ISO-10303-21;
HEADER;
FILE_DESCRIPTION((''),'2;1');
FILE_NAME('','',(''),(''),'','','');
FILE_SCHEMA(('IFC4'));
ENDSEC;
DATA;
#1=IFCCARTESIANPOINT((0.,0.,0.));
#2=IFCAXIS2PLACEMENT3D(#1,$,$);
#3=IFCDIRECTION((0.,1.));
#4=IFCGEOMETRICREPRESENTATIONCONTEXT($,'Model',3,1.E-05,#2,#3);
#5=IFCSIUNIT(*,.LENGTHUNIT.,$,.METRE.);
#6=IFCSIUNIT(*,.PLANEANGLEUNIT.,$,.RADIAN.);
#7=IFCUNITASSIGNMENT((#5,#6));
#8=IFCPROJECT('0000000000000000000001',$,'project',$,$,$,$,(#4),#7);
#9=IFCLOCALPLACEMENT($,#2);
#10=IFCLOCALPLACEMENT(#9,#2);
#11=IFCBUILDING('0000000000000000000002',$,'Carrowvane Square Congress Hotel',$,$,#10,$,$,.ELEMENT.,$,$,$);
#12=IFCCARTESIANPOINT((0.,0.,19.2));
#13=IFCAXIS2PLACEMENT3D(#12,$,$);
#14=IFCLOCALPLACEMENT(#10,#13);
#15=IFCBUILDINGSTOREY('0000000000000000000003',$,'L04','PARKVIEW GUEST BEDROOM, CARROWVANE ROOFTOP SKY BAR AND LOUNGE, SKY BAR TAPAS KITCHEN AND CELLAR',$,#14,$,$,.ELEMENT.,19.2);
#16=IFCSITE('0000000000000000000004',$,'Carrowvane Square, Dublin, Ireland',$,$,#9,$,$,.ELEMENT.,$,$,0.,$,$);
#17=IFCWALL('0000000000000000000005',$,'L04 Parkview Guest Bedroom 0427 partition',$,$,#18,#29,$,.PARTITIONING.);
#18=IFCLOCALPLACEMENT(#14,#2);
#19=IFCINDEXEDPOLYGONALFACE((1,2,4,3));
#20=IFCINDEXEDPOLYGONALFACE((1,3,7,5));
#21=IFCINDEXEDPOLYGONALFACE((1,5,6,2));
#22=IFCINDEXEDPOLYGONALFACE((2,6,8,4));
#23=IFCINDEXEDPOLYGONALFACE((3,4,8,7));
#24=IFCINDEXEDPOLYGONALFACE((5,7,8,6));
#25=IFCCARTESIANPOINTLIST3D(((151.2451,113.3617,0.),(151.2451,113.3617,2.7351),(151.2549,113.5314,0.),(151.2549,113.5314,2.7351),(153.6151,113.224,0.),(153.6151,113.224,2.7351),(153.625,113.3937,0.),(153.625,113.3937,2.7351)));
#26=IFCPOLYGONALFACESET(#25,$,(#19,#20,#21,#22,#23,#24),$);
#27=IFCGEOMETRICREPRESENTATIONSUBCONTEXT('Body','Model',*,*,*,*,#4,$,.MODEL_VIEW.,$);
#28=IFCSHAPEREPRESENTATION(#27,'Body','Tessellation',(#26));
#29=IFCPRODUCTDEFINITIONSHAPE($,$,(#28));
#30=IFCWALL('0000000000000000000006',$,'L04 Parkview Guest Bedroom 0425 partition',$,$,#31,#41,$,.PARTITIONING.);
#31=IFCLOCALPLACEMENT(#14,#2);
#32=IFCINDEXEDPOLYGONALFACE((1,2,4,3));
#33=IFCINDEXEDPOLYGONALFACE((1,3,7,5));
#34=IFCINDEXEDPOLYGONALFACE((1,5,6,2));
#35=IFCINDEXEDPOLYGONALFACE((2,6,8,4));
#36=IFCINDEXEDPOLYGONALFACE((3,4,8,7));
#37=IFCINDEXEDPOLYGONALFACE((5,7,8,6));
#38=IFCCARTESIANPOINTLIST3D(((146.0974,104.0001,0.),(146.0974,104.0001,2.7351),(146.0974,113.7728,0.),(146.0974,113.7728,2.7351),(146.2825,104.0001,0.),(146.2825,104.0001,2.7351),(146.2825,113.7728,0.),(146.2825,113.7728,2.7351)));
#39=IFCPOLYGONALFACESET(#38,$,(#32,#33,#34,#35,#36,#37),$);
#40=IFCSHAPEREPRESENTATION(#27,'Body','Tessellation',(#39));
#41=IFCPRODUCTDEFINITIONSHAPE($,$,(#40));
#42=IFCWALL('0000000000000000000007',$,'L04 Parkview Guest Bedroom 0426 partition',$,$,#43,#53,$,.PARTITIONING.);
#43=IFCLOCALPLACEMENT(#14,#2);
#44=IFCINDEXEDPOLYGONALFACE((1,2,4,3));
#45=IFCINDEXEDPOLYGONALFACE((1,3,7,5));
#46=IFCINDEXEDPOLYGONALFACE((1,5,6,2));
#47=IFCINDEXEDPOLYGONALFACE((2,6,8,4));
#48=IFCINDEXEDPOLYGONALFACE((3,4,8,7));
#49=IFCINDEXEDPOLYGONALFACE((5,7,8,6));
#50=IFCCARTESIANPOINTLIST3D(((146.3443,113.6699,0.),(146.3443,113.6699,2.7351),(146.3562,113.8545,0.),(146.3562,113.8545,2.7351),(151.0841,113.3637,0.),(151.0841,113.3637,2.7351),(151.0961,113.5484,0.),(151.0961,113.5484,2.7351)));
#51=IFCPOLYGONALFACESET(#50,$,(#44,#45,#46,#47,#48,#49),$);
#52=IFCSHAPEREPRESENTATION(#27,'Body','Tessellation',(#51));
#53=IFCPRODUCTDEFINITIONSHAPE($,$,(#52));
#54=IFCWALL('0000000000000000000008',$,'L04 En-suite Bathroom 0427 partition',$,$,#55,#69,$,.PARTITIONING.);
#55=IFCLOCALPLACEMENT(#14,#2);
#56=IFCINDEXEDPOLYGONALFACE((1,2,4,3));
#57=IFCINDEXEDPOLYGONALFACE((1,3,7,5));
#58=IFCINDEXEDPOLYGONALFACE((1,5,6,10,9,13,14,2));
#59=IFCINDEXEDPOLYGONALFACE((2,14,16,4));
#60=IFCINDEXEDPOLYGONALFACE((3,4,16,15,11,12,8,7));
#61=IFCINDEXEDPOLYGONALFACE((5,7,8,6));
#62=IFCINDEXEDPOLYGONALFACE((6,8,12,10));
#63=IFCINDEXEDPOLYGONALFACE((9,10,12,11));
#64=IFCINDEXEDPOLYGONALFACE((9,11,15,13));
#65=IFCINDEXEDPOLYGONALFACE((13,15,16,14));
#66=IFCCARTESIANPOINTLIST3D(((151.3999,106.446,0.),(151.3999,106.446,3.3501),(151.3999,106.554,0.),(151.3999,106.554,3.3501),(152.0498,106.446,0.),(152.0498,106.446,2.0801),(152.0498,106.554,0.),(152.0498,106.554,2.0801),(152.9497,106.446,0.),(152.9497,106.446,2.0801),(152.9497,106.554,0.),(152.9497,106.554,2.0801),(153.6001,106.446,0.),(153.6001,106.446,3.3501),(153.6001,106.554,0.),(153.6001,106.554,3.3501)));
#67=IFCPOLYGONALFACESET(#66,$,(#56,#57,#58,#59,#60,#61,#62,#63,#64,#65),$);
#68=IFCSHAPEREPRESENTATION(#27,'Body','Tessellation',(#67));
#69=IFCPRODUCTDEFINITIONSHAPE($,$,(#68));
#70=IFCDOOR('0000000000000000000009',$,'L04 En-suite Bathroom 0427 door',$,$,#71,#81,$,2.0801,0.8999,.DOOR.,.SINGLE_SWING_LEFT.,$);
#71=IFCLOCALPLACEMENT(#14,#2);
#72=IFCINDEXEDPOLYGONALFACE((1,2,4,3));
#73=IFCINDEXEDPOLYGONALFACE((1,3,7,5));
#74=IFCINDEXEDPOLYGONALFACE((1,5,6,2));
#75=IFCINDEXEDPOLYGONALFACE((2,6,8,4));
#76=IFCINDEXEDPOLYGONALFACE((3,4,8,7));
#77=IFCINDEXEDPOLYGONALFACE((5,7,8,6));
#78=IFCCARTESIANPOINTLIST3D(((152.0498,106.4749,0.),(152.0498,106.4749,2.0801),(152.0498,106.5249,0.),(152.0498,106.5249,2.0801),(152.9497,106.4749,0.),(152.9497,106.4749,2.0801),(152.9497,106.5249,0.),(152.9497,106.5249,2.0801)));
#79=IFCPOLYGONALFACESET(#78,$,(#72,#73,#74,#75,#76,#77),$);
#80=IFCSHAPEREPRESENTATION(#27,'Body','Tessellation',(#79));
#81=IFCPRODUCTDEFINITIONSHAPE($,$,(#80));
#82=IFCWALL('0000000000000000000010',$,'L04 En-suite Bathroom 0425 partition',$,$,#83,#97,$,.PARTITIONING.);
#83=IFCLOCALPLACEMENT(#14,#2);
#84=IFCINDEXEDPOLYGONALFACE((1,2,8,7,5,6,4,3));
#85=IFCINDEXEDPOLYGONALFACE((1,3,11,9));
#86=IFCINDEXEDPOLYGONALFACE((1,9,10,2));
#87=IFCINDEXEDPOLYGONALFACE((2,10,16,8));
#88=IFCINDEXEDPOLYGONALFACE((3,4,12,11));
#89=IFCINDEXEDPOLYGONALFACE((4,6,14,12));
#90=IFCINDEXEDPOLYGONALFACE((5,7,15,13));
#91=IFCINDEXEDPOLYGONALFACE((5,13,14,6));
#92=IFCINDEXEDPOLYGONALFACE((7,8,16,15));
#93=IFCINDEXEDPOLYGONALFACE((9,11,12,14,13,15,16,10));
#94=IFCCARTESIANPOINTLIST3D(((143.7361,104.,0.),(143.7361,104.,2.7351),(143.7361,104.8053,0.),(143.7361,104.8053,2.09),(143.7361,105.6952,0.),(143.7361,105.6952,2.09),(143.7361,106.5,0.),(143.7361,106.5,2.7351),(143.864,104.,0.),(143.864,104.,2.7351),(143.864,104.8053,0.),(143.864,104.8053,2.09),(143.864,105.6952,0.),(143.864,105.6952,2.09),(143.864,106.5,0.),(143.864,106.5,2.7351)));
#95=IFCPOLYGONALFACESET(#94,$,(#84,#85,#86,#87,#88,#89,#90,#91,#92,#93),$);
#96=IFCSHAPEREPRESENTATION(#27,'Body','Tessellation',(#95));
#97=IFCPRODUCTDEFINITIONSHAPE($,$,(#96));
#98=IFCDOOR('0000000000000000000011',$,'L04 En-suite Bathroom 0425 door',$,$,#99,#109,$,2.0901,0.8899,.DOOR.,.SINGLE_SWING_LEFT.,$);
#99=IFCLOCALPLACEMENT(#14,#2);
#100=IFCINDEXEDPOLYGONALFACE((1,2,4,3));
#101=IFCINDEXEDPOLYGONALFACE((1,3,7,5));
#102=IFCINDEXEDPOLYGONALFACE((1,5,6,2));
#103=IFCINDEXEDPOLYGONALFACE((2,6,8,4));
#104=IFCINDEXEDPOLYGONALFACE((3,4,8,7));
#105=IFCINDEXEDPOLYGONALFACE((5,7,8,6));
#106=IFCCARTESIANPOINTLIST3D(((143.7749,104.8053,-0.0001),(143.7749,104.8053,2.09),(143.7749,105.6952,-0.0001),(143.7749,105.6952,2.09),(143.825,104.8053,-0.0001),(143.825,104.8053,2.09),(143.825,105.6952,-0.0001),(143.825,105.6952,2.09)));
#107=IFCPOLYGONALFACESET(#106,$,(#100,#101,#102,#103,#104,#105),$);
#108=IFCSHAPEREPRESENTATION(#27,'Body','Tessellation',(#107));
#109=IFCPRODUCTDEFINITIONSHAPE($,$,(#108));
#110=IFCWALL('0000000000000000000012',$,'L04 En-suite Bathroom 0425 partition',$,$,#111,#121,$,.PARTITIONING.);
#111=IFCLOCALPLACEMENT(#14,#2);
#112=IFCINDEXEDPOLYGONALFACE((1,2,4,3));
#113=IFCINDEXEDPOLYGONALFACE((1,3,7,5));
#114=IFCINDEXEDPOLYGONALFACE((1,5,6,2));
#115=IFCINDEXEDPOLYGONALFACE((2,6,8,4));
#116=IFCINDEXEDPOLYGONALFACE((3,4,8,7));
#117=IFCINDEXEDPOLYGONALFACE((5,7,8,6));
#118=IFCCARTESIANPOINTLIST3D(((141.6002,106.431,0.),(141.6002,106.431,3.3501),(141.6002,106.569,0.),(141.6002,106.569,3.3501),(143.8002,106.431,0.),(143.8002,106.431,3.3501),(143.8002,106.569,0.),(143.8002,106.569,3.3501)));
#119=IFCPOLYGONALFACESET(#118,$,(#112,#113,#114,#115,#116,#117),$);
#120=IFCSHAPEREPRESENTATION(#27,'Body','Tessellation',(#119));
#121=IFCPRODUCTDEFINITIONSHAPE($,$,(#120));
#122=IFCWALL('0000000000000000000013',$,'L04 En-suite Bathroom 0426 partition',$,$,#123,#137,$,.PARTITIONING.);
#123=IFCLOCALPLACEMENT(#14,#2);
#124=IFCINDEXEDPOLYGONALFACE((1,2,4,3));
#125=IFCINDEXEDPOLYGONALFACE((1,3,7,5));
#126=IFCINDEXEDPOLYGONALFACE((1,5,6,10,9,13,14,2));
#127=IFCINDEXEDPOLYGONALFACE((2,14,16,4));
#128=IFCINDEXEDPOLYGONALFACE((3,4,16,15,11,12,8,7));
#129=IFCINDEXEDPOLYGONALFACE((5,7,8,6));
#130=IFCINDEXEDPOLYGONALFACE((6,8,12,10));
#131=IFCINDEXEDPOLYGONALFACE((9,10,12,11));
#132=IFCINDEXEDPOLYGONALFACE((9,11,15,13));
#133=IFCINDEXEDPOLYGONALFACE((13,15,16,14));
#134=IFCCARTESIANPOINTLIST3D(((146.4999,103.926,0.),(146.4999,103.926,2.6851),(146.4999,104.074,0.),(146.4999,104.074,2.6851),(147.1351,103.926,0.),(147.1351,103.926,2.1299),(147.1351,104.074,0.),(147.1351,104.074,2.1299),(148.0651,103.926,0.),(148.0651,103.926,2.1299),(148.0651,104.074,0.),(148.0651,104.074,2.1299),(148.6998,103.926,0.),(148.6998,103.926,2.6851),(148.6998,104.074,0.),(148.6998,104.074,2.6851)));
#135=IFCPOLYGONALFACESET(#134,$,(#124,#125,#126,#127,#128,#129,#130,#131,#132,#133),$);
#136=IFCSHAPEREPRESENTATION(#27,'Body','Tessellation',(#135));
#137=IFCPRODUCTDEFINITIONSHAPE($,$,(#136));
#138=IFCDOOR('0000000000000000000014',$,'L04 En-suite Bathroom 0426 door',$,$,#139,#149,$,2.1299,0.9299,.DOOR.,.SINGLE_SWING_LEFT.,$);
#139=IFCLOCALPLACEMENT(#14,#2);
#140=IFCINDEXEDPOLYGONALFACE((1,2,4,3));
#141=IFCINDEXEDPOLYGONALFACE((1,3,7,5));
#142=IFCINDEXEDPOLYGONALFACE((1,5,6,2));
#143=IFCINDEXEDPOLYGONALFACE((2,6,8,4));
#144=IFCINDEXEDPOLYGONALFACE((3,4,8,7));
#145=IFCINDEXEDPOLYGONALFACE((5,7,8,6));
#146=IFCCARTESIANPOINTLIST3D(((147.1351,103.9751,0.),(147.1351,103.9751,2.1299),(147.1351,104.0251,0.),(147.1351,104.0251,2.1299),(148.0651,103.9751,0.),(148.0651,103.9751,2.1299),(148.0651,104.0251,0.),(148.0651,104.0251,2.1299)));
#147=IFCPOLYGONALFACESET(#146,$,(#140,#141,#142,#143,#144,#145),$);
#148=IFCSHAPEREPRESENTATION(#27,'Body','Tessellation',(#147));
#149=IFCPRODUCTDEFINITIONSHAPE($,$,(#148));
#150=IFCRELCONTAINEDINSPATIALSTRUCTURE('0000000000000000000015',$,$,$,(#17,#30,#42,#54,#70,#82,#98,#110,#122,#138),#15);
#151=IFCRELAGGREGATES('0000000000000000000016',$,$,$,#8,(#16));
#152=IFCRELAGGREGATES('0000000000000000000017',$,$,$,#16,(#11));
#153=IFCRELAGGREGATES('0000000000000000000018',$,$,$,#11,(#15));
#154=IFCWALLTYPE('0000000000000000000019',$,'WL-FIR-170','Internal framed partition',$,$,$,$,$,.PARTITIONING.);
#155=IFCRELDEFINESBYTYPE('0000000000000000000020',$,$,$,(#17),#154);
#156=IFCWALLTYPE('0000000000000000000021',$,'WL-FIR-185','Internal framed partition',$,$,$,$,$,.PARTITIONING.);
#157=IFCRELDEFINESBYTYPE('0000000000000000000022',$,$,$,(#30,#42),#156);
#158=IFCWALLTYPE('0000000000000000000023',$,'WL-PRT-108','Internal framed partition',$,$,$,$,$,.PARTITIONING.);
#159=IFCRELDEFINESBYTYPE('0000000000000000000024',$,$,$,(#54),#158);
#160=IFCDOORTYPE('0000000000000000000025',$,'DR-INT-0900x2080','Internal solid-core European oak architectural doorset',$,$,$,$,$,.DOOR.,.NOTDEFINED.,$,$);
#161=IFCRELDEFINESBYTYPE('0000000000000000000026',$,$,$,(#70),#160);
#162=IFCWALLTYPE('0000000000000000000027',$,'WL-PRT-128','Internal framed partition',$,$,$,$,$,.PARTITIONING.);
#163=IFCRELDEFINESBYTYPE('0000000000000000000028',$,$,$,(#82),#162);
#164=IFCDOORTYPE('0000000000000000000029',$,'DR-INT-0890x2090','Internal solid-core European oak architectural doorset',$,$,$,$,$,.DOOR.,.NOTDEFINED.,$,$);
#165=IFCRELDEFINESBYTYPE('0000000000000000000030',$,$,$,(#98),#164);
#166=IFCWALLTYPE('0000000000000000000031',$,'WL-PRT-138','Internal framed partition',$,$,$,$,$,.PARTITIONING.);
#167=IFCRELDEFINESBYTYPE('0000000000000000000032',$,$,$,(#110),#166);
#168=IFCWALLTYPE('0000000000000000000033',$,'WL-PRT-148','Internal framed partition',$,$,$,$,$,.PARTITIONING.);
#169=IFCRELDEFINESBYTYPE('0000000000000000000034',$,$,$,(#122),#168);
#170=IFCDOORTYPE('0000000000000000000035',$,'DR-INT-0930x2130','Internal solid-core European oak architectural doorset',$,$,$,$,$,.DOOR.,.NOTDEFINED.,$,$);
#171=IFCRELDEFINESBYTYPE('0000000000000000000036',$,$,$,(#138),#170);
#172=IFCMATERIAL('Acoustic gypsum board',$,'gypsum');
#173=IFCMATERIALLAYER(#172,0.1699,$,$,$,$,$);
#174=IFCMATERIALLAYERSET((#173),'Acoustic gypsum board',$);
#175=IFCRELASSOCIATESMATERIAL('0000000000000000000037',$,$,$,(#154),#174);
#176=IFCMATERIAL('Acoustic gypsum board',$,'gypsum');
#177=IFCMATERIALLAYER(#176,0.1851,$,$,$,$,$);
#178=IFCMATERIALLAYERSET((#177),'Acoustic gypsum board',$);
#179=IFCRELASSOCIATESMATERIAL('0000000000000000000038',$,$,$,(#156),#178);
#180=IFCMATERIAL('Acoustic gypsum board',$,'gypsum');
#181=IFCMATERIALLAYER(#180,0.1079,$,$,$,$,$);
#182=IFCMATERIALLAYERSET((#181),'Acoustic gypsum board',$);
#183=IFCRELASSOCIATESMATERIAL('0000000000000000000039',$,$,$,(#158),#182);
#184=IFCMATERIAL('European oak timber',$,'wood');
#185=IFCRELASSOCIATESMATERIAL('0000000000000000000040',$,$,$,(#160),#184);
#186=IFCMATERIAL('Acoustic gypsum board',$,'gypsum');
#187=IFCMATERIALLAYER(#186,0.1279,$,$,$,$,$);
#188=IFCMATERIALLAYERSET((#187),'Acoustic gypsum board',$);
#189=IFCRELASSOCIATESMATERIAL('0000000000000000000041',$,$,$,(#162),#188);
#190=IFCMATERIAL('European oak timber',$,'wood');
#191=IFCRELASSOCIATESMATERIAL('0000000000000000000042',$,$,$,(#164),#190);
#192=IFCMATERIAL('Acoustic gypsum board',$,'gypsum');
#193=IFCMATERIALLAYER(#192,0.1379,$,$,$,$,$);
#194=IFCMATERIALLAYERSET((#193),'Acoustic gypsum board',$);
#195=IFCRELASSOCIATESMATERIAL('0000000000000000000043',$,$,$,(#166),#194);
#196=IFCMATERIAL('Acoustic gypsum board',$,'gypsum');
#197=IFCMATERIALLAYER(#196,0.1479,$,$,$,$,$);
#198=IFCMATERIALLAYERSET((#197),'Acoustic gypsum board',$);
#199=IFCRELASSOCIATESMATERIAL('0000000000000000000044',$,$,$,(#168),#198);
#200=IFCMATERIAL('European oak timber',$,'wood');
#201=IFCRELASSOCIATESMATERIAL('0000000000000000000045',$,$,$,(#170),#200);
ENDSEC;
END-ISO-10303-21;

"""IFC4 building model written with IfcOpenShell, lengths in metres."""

from ifc_helpers import new_model, si_unit, direction, frame, frame_2d, origin, place, context, subcontext, project, spatial, rectangle, extrude, material, layer, layer_set, type_object, element, fill, save


model = new_model("IFC4")

# Units and contexts
model_context = context("Model", 3, precision=1e-05, world=origin(), true_north=direction((0.0, 1.0)))
body_context = subcontext(model_context, "Body", "Model", "MODEL_VIEW")
ifc_project = project(units=[si_unit("LENGTHUNIT", "METRE"), si_unit("PLANEANGLEUNIT", "RADIAN")], contexts=[model_context])

# Site, building, storey
site_placement = place(None, origin())
site = spatial("IfcSite", under=ifc_project, at=site_placement, Name="Carrowvane Square, Dublin, Ireland", CompositionType="ELEMENT", RefElevation=0.0)
building_placement = place(site_placement, origin())
building = spatial("IfcBuilding", under=site, at=building_placement, Name="Carrowvane Square Congress Hotel", CompositionType="ELEMENT")
storey_placement = place(building_placement, frame((0.0, 0.0, 19.2)))
storey = spatial("IfcBuildingStorey", under=building, at=storey_placement, Name="L04", Description="PARKVIEW GUEST BEDROOM, CARROWVANE ROOFTOP SKY BAR AND LOUNGE, SKY BAR TAPAS KITCHEN AND CELLAR", CompositionType="ELEMENT", Elevation=19.2)

# Shared definitions
ifc_material_1 = material(Name="Acoustic gypsum board", Category="gypsum")
ifc_layer_1 = layer(ifc_material_1, 0.1699)
ifc_layer_set_1 = layer_set([ifc_layer_1], Name="Acoustic gypsum board")
wall_type_1 = type_object("IfcWallType", Name="WL-FIR-170", Description="Internal framed partition", PredefinedType="PARTITIONING", material=ifc_layer_set_1)

# Walls
wall_1_placement = place(storey_placement, frame((151.25, 113.4465, 0.0), z_axis=(0.0, 0.0, 1.0), x_axis=(0.998317, -0.057999, 0.0)))
element("IfcWall", 1, at=wall_1_placement, inside=storey, type_object=wall_type_1, Name="L04 Parkview Guest Bedroom 0427 partition", PredefinedType="PARTITIONING", context=body_context, shape_type="SweptSolid", body=[
    extrude(rectangle(XDim=2.374, YDim=0.1699, at=frame_2d((1.187, 0.0))), origin(), (0.0, 0.0, 1.0), 2.7351),
])
ifc_material_2 = material(Name="Acoustic gypsum board", Category="gypsum")
ifc_layer_2 = layer(ifc_material_2, 0.1851)
ifc_layer_set_2 = layer_set([ifc_layer_2], Name="Acoustic gypsum board")
wall_type_2 = type_object("IfcWallType", Name="WL-FIR-185", Description="Internal framed partition", PredefinedType="PARTITIONING", material=ifc_layer_set_2)
wall_2_placement = place(storey_placement, frame((146.1899, 113.7727, 0.0), z_axis=(0.0, 0.0, 1.0), x_axis=(0.0, -1.0, 0.0)))
element("IfcWall", 2, at=wall_2_placement, inside=storey, type_object=wall_type_2, Name="L04 Parkview Guest Bedroom 0425 partition", PredefinedType="PARTITIONING", context=body_context, shape_type="SweptSolid", body=[
    extrude(rectangle(XDim=9.7727, YDim=0.1851, at=frame_2d((4.8862, 0.0))), origin(), (0.0, 0.0, 1.0), 2.7351),
])
wall_3_placement = place(storey_placement, frame((146.3501, 113.7622, 0.0), z_axis=(0.0, 0.0, 1.0), x_axis=(0.997921, -0.064455, 0.0)))
element("IfcWall", 3, at=wall_3_placement, inside=storey, type_object=wall_type_2, Name="L04 Parkview Guest Bedroom 0426 partition", PredefinedType="PARTITIONING", context=body_context, shape_type="SweptSolid", body=[
    extrude(rectangle(XDim=4.7498, YDim=0.1851, at=frame_2d((2.375, 0.0))), origin(), (0.0, 0.0, 1.0), 2.7351),
])

# Walls, openings, doors
ifc_material_3 = material(Name="Acoustic gypsum board", Category="gypsum")
ifc_layer_3 = layer(ifc_material_3, 0.1079)
ifc_layer_set_3 = layer_set([ifc_layer_3], Name="Acoustic gypsum board")
wall_type_3 = type_object("IfcWallType", Name="WL-PRT-108", Description="Internal framed partition", PredefinedType="PARTITIONING", material=ifc_layer_set_3)
wall_4_placement = place(storey_placement, frame((151.3999, 106.5, 0.0), z_axis=(0.0, 0.0, 1.0), x_axis=(1.0, 0.0, 0.0)))
wall_4 = element("IfcWall", 4, at=wall_4_placement, inside=storey, type_object=wall_type_3, Name="L04 En-suite Bathroom 0427 partition", PredefinedType="PARTITIONING", context=body_context, shape_type="SweptSolid", body=[
    extrude(rectangle(XDim=2.2002, YDim=0.1079, at=frame_2d((1.1001, 0.0))), origin(), (0.0, 0.0, 1.0), 3.3501),
])
opening_1_placement = place(wall_4_placement, frame((0.6499, 0.0, 0.0)))
opening_1 = element("IfcOpeningElement", 5, at=opening_1_placement, cuts=wall_4, PredefinedType="OPENING", context=body_context, shape_type="SweptSolid", body=[
    extrude(rectangle(XDim=0.8999, YDim=2.0801, at=frame_2d((0.45, 1.04))), frame((0.0, 0.064, 0.0), z_axis=(0.0, -1.0, 0.0), x_axis=(1.0, 0.0, 0.0)), (0.0, 0.0, 1.0), 0.1279),
])
ifc_material_4 = material(Name="European oak timber", Category="wood")
door_type_1 = type_object("IfcDoorType", Name="DR-INT-0900x2080", Description="Internal solid-core European oak architectural doorset", OperationType="NOTDEFINED", PredefinedType="DOOR", material=ifc_material_4)
door_1_placement = place(opening_1_placement, origin())
door_1 = element("IfcDoor", 6, at=door_1_placement, inside=storey, type_object=door_type_1, Name="L04 En-suite Bathroom 0427 door", OperationType="SINGLE_SWING_LEFT", OverallHeight=2.0801, OverallWidth=0.8999, PredefinedType="DOOR", context=body_context, shape_type="SweptSolid", body=[
    extrude(rectangle(XDim=0.8999, YDim=2.0801, at=frame_2d((0.45, 1.04))), frame((0.0, 0.0249, 0.0), z_axis=(0.0, -1.0, 0.0), x_axis=(1.0, 0.0, 0.0)), (0.0, 0.0, 1.0), 0.05),
])
fill(opening_1, door_1)
ifc_material_5 = material(Name="Acoustic gypsum board", Category="gypsum")
ifc_layer_4 = layer(ifc_material_5, 0.1279)
ifc_layer_set_4 = layer_set([ifc_layer_4], Name="Acoustic gypsum board")
wall_type_4 = type_object("IfcWallType", Name="WL-PRT-128", Description="Internal framed partition", PredefinedType="PARTITIONING", material=ifc_layer_set_4)
wall_5_placement = place(storey_placement, frame((143.8, 106.5, 0.0), z_axis=(0.0, 0.0, 1.0), x_axis=(0.0, -1.0, 0.0)))
wall_5 = element("IfcWall", 7, at=wall_5_placement, inside=storey, type_object=wall_type_4, Name="L04 En-suite Bathroom 0425 partition", PredefinedType="PARTITIONING", context=body_context, shape_type="SweptSolid", body=[
    extrude(rectangle(XDim=2.5, YDim=0.1279, at=frame_2d((1.25, 0.0))), origin(), (0.0, 0.0, 1.0), 2.7351),
])
opening_2_placement = place(wall_5_placement, frame((0.8049, 0.0, 0.0)))
opening_2 = element("IfcOpeningElement", 8, at=opening_2_placement, cuts=wall_5, PredefinedType="OPENING", context=body_context, shape_type="SweptSolid", body=[
    extrude(rectangle(XDim=0.8899, YDim=2.0901, at=frame_2d((0.4448, 1.0449))), frame((0.0, 0.074, 0.0), z_axis=(0.0, -1.0, 0.0), x_axis=(1.0, 0.0, 0.0)), (0.0, 0.0, 1.0), 0.1479),
])
ifc_material_6 = material(Name="European oak timber", Category="wood")
door_type_2 = type_object("IfcDoorType", Name="DR-INT-0890x2090", Description="Internal solid-core European oak architectural doorset", OperationType="NOTDEFINED", PredefinedType="DOOR", material=ifc_material_6)
door_2_placement = place(opening_2_placement, origin())
door_2 = element("IfcDoor", 9, at=door_2_placement, inside=storey, type_object=door_type_2, Name="L04 En-suite Bathroom 0425 door", OperationType="SINGLE_SWING_LEFT", OverallHeight=2.0901, OverallWidth=0.8899, PredefinedType="DOOR", context=body_context, shape_type="SweptSolid", body=[
    extrude(rectangle(XDim=0.8899, YDim=2.0901, at=frame_2d((0.4448, 1.0449))), frame((0.0, 0.0249, 0.0), z_axis=(0.0, -1.0, 0.0), x_axis=(1.0, 0.0, 0.0)), (0.0, 0.0, 1.0), 0.05),
])
fill(opening_2, door_2)

# Wall
ifc_material_7 = material(Name="Acoustic gypsum board", Category="gypsum")
ifc_layer_5 = layer(ifc_material_7, 0.1379)
ifc_layer_set_5 = layer_set([ifc_layer_5], Name="Acoustic gypsum board")
wall_type_5 = type_object("IfcWallType", Name="WL-PRT-138", Description="Internal framed partition", PredefinedType="PARTITIONING", material=ifc_layer_set_5)
wall_6_placement = place(storey_placement, frame((141.6001, 106.5, 0.0), z_axis=(0.0, 0.0, 1.0), x_axis=(1.0, 0.0, 0.0)))
element("IfcWall", 10, at=wall_6_placement, inside=storey, type_object=wall_type_5, Name="L04 En-suite Bathroom 0425 partition", PredefinedType="PARTITIONING", context=body_context, shape_type="SweptSolid", body=[
    extrude(rectangle(XDim=2.2, YDim=0.1379, at=frame_2d((1.1001, 0.0))), origin(), (0.0, 0.0, 1.0), 3.3501),
])

# Wall, opening, door
ifc_material_8 = material(Name="Acoustic gypsum board", Category="gypsum")
ifc_layer_6 = layer(ifc_material_8, 0.1479)
ifc_layer_set_6 = layer_set([ifc_layer_6], Name="Acoustic gypsum board")
wall_type_6 = type_object("IfcWallType", Name="WL-PRT-148", Description="Internal framed partition", PredefinedType="PARTITIONING", material=ifc_layer_set_6)
wall_7_placement = place(storey_placement, frame((148.7, 104.0, 0.0), z_axis=(0.0, 0.0, 1.0), x_axis=(-1.0, 0.0, 0.0)))
wall_7 = element("IfcWall", 11, at=wall_7_placement, inside=storey, type_object=wall_type_6, Name="L04 En-suite Bathroom 0426 partition", PredefinedType="PARTITIONING", context=body_context, shape_type="SweptSolid", body=[
    extrude(rectangle(XDim=2.2, YDim=0.1479, at=frame_2d((1.1001, 0.0))), origin(), (0.0, 0.0, 1.0), 2.6851),
])
opening_3_placement = place(wall_7_placement, frame((0.635, 0.0, 0.0)))
opening_3 = element("IfcOpeningElement", 12, at=opening_3_placement, cuts=wall_7, PredefinedType="OPENING", context=body_context, shape_type="SweptSolid", body=[
    extrude(rectangle(XDim=0.9299, YDim=2.1299, at=frame_2d((0.4648, 1.0649))), frame((0.0, 0.084, 0.0), z_axis=(0.0, -1.0, 0.0), x_axis=(1.0, 0.0, 0.0)), (0.0, 0.0, 1.0), 0.168),
])
ifc_material_9 = material(Name="European oak timber", Category="wood")
door_type_3 = type_object("IfcDoorType", Name="DR-INT-0930x2130", Description="Internal solid-core European oak architectural doorset", OperationType="NOTDEFINED", PredefinedType="DOOR", material=ifc_material_9)
door_3_placement = place(opening_3_placement, origin())
door_3 = element("IfcDoor", 13, at=door_3_placement, inside=storey, type_object=door_type_3, Name="L04 En-suite Bathroom 0426 door", OperationType="SINGLE_SWING_LEFT", OverallHeight=2.1299, OverallWidth=0.9299, PredefinedType="DOOR", context=body_context, shape_type="SweptSolid", body=[
    extrude(rectangle(XDim=0.9299, YDim=2.1299, at=frame_2d((0.4648, 1.0649))), frame((0.0, 0.0249, 0.0), z_axis=(0.0, -1.0, 0.0), x_axis=(1.0, 0.0, 0.0)), (0.0, 0.0, 1.0), 0.05),
])
fill(opening_3, door_3)

save(model, "model.ifc")
